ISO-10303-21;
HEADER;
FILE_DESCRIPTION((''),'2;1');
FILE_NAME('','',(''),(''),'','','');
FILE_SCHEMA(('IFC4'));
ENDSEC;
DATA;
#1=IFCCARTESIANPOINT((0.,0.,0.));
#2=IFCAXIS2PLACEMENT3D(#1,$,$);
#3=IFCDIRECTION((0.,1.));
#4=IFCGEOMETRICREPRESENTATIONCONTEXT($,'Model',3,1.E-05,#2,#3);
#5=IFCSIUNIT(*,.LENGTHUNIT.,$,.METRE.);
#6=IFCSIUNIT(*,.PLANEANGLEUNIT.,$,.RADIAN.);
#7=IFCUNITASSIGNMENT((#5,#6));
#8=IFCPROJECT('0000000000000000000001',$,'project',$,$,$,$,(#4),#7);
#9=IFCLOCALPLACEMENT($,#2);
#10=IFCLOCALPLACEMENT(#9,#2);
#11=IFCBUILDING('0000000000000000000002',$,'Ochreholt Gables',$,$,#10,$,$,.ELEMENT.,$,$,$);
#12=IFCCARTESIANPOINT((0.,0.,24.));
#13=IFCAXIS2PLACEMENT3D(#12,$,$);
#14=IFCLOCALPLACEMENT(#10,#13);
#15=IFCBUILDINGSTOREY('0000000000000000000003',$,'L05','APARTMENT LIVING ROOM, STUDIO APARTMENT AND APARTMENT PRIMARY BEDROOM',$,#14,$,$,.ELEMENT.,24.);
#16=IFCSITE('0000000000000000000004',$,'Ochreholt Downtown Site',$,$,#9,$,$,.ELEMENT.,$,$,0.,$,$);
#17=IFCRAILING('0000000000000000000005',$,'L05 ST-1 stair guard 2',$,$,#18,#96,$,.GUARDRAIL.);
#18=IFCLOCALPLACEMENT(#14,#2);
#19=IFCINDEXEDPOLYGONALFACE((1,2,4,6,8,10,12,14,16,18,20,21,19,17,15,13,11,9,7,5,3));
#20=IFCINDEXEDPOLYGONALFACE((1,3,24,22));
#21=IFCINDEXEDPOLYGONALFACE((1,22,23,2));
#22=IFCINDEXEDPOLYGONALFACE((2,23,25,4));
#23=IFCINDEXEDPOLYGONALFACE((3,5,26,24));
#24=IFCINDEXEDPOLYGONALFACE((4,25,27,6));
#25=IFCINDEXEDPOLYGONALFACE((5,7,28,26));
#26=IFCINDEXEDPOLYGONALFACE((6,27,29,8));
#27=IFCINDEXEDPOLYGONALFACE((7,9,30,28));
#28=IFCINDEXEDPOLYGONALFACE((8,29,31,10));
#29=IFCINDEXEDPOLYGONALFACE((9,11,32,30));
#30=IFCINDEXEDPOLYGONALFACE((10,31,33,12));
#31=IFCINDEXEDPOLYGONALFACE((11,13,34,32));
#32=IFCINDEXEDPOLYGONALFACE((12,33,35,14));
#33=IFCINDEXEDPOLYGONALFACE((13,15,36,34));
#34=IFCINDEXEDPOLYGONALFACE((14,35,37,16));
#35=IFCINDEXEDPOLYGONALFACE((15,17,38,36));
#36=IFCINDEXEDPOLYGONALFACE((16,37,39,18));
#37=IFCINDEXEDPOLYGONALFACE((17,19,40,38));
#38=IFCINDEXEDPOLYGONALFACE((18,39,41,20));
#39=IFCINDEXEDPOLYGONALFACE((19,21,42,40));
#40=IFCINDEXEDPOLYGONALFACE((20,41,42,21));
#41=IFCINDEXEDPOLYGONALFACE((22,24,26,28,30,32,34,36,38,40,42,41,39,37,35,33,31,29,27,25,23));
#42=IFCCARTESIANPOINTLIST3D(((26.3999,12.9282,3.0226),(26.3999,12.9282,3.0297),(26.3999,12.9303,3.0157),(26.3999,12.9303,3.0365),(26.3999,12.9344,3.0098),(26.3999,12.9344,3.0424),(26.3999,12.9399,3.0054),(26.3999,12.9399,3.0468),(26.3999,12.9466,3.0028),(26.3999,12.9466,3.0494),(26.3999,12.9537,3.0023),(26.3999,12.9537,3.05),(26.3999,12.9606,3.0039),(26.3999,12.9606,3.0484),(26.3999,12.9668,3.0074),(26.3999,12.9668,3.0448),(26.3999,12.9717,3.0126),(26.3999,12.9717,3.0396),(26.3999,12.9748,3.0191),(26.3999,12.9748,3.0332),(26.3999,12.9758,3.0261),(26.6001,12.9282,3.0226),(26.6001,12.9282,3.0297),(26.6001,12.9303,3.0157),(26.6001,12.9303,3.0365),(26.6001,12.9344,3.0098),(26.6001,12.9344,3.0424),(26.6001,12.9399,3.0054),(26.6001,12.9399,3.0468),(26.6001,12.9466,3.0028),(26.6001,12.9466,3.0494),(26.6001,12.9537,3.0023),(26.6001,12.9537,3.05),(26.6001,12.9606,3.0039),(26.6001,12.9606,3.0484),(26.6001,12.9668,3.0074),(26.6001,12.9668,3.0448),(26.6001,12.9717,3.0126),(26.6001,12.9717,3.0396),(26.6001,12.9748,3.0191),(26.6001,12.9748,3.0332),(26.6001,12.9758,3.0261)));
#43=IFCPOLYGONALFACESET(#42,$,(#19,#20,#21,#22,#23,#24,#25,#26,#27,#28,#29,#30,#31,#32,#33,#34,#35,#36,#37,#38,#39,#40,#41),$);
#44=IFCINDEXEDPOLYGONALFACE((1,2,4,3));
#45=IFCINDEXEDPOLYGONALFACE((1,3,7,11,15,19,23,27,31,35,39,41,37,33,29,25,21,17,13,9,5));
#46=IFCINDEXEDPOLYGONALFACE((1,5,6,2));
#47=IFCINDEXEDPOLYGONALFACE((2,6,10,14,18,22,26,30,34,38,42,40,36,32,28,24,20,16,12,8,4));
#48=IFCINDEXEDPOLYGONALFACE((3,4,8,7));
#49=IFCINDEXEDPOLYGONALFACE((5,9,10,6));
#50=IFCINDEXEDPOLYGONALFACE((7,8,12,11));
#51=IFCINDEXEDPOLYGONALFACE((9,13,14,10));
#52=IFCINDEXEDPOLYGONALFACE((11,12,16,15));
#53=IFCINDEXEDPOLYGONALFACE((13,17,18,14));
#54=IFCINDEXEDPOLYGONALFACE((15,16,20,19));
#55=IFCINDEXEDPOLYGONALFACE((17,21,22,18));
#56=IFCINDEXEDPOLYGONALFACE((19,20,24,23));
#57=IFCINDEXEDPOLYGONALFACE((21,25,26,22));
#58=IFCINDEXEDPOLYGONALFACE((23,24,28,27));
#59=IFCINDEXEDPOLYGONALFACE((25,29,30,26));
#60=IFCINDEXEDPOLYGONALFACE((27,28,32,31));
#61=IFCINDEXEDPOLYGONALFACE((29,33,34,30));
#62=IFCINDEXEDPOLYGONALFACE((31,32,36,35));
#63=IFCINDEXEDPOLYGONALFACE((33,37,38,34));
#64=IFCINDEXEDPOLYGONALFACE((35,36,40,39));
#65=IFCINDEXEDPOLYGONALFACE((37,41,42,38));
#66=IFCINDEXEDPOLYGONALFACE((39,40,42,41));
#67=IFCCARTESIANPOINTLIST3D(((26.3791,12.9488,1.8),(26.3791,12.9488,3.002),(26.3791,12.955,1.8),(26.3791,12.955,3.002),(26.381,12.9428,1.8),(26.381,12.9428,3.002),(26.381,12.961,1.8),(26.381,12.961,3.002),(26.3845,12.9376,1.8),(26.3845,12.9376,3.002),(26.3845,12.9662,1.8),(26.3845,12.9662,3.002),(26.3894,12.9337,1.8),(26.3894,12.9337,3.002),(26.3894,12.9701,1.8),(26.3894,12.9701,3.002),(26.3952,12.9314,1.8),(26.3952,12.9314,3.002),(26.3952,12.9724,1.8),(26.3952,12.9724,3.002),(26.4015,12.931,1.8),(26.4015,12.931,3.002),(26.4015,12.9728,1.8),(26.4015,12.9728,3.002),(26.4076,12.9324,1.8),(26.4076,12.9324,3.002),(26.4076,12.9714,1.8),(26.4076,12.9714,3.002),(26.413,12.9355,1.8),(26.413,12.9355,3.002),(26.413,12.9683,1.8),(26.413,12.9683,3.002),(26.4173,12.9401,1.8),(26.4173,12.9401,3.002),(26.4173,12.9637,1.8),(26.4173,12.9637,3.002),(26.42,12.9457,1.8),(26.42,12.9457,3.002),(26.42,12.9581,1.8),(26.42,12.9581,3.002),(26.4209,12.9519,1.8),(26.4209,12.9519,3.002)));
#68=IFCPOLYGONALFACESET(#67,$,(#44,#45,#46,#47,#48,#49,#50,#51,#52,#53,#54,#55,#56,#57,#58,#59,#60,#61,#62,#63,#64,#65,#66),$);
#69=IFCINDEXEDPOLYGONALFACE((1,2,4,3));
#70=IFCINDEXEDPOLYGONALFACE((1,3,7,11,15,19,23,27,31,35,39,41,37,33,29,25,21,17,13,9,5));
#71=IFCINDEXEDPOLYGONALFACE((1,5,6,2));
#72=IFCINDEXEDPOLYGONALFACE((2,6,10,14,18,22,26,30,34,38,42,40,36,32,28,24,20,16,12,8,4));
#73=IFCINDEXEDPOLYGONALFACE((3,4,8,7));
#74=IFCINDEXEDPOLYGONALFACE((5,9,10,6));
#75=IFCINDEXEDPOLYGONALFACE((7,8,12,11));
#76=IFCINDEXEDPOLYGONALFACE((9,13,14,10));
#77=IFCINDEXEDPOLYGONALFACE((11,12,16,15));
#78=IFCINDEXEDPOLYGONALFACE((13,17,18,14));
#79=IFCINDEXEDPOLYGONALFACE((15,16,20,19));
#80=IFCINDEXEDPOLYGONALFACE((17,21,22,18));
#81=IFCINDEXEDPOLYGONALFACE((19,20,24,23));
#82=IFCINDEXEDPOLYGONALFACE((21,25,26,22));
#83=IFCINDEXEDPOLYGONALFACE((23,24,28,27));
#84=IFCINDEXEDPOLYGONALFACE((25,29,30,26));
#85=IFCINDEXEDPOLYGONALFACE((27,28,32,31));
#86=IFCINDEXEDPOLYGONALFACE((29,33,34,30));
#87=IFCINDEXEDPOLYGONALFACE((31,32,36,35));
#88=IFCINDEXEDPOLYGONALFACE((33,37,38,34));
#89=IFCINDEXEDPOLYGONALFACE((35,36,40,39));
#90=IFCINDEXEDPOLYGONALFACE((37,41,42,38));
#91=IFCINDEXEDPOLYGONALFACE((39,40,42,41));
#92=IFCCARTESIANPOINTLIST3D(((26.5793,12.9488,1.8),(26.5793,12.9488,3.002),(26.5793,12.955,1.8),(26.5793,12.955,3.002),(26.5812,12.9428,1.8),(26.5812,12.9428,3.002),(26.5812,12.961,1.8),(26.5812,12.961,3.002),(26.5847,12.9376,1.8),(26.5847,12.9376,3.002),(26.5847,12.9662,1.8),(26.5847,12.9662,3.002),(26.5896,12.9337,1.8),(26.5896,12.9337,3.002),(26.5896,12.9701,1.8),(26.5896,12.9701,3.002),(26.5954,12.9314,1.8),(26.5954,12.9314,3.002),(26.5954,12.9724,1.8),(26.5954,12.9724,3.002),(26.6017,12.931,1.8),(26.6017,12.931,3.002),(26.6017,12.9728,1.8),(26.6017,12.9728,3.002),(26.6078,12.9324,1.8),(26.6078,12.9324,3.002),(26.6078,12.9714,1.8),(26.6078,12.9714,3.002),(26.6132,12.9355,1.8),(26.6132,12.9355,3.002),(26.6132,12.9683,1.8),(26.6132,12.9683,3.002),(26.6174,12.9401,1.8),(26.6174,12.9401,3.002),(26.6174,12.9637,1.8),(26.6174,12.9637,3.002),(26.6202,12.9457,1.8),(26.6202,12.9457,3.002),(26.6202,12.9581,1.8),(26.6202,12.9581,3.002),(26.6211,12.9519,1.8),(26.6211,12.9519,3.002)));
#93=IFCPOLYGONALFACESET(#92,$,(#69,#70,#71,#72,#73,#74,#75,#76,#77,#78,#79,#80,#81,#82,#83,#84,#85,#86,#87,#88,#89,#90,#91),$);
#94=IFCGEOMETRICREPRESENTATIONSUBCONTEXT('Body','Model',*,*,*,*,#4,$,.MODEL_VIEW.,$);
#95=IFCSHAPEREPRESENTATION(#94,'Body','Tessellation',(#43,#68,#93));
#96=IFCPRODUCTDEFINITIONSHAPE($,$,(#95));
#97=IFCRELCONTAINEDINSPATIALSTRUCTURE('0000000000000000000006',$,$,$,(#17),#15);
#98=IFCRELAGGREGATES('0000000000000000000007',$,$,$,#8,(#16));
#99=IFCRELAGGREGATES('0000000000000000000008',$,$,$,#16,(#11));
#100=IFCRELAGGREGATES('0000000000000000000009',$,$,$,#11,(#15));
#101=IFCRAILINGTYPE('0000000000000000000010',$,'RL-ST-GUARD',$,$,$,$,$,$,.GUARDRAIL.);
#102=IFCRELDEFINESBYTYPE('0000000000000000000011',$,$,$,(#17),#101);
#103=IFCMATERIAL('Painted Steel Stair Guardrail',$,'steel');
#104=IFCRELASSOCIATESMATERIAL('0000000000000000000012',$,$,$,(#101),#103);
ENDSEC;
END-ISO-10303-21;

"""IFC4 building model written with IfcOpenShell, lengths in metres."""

from ifc_helpers import new_model, si_unit, direction, frame, origin, origin_2d, place, context, subcontext, project, spatial, circle, extrude, material, type_object, element, save


model = new_model("IFC4")

# Units and contexts
model_context = context("Model", 3, precision=1e-05, world=origin(), true_north=direction((0.0, 1.0)))
body_context = subcontext(model_context, "Body", "Model", "MODEL_VIEW")
ifc_project = project(units=[si_unit("LENGTHUNIT", "METRE"), si_unit("PLANEANGLEUNIT", "RADIAN")], contexts=[model_context])

# Site, building, storey
site_placement = place(None, origin())
site = spatial("IfcSite", under=ifc_project, at=site_placement, Name="Ochreholt Downtown Site", CompositionType="ELEMENT", RefElevation=0.0)
building_placement = place(site_placement, origin())
building = spatial("IfcBuilding", under=site, at=building_placement, Name="Ochreholt Gables", CompositionType="ELEMENT")
storey_placement = place(building_placement, frame((0.0, 0.0, 24.0)))
storey = spatial("IfcBuildingStorey", under=building, at=storey_placement, Name="L05", Description="APARTMENT LIVING ROOM, STUDIO APARTMENT AND APARTMENT PRIMARY BEDROOM", CompositionType="ELEMENT", Elevation=24.0)

# Railing
ifc_material_1 = material(Name="Painted Steel Stair Guardrail", Category="steel")
railing_type_1 = type_object("IfcRailingType", Name="RL-ST-GUARD", PredefinedType="GUARDRAIL", material=ifc_material_1)
railing_1_placement = place(storey_placement, frame((26.3999, 12.9519, 1.8)))
element("IfcRailing", 1, at=railing_1_placement, inside=storey, type_object=railing_type_1, Name="L05 ST-1 stair guard 2", PredefinedType="GUARDRAIL", context=body_context, shape_type="SweptSolid", body=[
    extrude(circle(Radius=0.0239, at=origin_2d()), frame((0.0, 0.0, 1.2261), z_axis=(1.0, 0.0, 0.0), x_axis=(0.0, 1.0, 0.0)), (0.0, 0.0, 1.0), 0.2002),
    extrude(circle(Radius=0.021, at=origin_2d()), origin(), (0.0, 0.0, 1.0), 1.2019),
    extrude(circle(Radius=0.021, at=origin_2d()), frame((0.2002, 0.0, 0.0)), (0.0, 0.0, 1.0), 1.2019),
])

save(model, "model.ifc")
